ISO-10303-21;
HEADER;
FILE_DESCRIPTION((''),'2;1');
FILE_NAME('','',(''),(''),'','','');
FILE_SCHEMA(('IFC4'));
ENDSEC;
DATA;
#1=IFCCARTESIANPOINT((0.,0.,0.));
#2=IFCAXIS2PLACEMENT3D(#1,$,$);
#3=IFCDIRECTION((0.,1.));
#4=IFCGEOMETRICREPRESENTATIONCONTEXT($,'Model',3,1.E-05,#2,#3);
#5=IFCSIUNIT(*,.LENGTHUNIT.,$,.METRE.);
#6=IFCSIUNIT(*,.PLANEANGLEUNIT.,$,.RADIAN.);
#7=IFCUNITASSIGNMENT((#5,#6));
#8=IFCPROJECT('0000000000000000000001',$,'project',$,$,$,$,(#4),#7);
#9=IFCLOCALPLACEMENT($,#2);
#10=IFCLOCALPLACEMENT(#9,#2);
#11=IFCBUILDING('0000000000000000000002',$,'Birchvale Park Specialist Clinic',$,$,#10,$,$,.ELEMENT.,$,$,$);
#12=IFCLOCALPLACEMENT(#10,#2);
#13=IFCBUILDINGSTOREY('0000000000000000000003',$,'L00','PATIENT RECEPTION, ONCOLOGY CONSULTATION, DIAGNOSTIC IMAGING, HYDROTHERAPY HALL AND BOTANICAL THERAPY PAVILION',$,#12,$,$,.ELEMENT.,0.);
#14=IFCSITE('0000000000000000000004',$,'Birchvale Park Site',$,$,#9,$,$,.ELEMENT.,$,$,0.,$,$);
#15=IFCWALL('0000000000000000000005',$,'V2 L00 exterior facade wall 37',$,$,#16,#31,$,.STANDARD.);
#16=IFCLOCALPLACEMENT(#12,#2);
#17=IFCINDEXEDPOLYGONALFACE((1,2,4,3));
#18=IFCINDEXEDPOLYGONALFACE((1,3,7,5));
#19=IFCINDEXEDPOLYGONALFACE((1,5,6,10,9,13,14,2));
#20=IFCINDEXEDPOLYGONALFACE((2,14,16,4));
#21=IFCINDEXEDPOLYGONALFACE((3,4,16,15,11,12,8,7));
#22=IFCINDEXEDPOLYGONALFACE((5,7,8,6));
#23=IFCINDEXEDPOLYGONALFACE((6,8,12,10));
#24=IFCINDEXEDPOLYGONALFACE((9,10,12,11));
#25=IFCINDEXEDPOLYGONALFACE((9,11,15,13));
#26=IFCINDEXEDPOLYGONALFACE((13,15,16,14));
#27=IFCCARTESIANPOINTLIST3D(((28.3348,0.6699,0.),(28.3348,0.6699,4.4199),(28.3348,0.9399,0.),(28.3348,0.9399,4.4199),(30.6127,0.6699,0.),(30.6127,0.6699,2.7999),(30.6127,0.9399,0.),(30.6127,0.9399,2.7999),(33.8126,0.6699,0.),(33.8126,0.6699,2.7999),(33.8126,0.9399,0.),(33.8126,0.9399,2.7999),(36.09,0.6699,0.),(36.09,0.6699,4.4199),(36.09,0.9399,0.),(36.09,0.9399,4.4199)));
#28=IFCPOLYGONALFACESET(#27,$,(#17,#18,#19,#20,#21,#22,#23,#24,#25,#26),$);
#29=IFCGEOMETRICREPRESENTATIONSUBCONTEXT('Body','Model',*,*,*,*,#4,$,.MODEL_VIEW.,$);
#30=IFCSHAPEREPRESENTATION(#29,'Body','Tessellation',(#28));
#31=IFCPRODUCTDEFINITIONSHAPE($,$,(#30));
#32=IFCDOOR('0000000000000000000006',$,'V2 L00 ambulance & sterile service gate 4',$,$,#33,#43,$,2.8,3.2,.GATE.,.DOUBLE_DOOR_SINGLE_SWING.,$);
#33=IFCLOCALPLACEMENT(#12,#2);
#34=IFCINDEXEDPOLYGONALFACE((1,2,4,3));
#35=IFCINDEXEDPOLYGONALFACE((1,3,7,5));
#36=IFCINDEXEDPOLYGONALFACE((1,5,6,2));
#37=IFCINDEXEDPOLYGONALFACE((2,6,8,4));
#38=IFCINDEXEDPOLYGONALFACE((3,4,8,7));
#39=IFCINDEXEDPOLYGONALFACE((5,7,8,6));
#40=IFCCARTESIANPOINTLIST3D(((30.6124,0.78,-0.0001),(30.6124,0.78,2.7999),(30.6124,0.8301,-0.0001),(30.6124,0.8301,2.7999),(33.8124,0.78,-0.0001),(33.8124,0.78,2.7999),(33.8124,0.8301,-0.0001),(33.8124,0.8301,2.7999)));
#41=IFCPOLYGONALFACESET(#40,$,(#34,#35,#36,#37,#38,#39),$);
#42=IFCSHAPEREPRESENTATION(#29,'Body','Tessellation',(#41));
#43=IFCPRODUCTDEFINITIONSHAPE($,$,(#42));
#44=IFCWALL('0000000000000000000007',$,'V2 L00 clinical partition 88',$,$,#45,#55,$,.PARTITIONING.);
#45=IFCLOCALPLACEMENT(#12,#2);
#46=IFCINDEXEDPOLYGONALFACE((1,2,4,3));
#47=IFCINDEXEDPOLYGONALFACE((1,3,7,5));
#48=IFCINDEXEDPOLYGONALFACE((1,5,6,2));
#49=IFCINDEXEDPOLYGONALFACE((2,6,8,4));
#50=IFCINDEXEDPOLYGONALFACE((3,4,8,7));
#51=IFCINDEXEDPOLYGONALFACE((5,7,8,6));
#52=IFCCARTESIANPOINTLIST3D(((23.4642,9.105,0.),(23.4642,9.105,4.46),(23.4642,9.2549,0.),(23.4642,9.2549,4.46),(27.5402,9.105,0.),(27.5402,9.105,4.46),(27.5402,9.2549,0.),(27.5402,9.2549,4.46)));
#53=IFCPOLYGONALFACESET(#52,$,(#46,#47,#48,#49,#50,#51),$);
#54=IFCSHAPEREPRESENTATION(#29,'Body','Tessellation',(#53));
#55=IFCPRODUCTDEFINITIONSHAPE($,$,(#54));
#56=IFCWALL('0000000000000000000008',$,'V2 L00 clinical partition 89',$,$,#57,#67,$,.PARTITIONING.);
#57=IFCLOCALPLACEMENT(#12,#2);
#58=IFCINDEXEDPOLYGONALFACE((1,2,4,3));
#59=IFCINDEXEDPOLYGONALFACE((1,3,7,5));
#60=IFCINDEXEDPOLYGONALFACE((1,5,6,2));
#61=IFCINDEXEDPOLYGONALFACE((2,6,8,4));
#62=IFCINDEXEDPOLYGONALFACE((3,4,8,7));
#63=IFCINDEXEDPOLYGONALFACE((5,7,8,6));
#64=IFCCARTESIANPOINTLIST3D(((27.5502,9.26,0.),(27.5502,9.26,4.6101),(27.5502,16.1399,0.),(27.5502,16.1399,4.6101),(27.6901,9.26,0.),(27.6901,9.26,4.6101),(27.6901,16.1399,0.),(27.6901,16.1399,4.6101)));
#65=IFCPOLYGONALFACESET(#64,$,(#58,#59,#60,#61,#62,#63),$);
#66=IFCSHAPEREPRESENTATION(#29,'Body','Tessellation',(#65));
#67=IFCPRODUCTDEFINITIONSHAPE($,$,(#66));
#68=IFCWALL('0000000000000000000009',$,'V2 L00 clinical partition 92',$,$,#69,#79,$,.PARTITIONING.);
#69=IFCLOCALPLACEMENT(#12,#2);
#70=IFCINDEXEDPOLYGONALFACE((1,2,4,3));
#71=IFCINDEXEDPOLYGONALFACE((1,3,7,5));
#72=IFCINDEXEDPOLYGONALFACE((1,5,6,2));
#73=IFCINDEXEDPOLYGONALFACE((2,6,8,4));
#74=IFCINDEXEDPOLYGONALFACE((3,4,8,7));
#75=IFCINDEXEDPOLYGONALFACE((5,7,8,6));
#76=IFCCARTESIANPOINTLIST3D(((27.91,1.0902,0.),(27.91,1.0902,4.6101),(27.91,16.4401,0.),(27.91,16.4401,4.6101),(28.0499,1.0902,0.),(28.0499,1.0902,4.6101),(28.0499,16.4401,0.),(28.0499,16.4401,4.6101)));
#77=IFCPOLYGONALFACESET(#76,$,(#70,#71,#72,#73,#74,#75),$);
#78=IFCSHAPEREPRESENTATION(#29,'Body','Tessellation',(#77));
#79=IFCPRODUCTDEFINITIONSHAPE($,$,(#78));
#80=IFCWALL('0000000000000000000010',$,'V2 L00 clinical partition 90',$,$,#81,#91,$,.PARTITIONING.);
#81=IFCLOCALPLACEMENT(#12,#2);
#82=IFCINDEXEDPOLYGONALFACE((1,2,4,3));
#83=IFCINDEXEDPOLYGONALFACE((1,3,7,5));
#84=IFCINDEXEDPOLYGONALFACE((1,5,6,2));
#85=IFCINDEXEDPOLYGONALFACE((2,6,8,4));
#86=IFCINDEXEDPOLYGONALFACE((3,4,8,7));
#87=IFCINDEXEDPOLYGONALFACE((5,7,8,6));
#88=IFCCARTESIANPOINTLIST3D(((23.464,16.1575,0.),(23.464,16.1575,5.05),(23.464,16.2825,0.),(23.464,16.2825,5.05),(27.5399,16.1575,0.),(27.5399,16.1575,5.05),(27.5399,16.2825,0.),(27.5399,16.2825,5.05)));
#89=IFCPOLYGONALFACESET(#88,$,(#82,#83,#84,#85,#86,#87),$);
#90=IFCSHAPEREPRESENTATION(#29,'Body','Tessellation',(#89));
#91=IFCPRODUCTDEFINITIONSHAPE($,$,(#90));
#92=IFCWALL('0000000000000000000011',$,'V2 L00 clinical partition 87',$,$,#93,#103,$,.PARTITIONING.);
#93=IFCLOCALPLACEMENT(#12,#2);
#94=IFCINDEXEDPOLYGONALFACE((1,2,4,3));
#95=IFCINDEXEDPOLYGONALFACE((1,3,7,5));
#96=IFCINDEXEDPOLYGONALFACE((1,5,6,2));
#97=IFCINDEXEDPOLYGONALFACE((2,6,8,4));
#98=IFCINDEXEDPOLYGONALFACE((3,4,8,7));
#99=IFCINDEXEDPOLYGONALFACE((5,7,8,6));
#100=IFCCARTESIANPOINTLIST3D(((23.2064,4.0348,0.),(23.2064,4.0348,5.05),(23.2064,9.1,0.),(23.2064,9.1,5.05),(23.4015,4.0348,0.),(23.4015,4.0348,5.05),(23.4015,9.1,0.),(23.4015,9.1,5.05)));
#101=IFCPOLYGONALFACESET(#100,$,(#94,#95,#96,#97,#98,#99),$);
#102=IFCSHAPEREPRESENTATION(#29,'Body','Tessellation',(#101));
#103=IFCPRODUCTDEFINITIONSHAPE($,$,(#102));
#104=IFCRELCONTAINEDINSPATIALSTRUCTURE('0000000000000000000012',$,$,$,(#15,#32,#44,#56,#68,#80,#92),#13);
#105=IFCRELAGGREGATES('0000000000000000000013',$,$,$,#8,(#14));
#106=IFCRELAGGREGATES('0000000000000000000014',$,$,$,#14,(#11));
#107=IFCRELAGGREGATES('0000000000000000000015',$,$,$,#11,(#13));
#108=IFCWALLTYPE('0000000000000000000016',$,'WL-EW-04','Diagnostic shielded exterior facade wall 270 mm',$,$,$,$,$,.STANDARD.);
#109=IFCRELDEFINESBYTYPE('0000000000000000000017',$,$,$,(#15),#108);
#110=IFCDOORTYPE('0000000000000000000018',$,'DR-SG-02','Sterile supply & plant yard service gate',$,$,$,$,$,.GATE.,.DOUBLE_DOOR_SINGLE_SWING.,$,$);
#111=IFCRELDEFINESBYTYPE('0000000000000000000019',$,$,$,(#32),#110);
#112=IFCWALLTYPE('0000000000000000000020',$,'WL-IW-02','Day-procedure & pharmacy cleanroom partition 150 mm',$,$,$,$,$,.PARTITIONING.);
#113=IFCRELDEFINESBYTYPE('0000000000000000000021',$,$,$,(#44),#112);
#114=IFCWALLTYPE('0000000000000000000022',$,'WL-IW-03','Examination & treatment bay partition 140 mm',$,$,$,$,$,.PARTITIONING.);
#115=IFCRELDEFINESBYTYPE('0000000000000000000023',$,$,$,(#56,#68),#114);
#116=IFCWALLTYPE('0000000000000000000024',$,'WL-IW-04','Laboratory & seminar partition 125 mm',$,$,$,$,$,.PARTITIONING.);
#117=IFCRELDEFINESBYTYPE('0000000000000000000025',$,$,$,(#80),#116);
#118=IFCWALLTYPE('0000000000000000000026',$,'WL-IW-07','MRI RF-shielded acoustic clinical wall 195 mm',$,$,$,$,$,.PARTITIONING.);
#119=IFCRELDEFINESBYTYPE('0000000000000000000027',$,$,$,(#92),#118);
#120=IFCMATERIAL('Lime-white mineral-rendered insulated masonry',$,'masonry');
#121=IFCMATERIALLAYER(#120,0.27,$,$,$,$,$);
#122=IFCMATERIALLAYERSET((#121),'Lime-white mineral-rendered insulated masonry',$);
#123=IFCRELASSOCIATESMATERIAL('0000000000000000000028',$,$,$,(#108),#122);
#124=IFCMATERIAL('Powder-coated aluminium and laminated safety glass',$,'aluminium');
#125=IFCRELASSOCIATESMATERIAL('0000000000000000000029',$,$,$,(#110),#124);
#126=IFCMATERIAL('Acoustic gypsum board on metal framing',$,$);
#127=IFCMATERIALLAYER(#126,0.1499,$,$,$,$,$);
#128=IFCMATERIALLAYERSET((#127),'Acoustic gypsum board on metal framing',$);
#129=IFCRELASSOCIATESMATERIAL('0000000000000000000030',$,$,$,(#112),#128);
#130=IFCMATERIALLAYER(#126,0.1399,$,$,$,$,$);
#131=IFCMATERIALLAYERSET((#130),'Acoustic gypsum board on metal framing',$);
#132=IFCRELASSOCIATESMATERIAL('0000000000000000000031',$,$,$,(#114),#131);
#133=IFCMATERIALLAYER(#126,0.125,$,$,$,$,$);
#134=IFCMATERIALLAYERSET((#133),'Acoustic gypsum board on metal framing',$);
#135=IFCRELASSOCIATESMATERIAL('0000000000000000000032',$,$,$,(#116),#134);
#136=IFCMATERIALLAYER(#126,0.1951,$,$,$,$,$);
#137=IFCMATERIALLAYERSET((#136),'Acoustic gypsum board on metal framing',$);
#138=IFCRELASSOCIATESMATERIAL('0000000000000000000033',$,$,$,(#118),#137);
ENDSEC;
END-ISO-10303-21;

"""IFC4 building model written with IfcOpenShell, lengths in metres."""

from ifc_helpers import new_model, si_unit, direction, frame, frame_2d, origin, place, context, subcontext, project, spatial, rectangle, extrude, material, layer, layer_set, type_object, element, fill, save


model = new_model("IFC4")

# Units and contexts
model_context = context("Model", 3, precision=1e-05, world=origin(), true_north=direction((0.0, 1.0)))
body_context = subcontext(model_context, "Body", "Model", "MODEL_VIEW")
ifc_project = project(units=[si_unit("LENGTHUNIT", "METRE"), si_unit("PLANEANGLEUNIT", "RADIAN")], contexts=[model_context])

# Site, building, storey
site_placement = place(None, origin())
site = spatial("IfcSite", under=ifc_project, at=site_placement, Name="Birchvale Park Site", CompositionType="ELEMENT", RefElevation=0.0)
building_placement = place(site_placement, origin())
building = spatial("IfcBuilding", under=site, at=building_placement, Name="Birchvale Park Specialist Clinic", CompositionType="ELEMENT")
storey_placement = place(building_placement, origin())
storey = spatial("IfcBuildingStorey", under=building, at=storey_placement, Name="L00", Description="PATIENT RECEPTION, ONCOLOGY CONSULTATION, DIAGNOSTIC IMAGING, HYDROTHERAPY HALL AND BOTANICAL THERAPY PAVILION", CompositionType="ELEMENT", Elevation=0.0)

# Wall, opening, door
ifc_material_1 = material(Name="Lime-white mineral-rendered insulated masonry", Category="masonry")
ifc_layer_1 = layer(ifc_material_1, 0.27)
ifc_layer_set_1 = layer_set([ifc_layer_1], Name="Lime-white mineral-rendered insulated masonry")
wall_type_1 = type_object("IfcWallType", Name="WL-EW-04", Description="Diagnostic shielded exterior facade wall 270 mm", PredefinedType="STANDARD", material=ifc_layer_set_1)
wall_1_placement = place(storey_placement, frame((28.335, 0.8049, 0.0), z_axis=(0.0, 0.0, 1.0), x_axis=(1.0, 0.0, 0.0)))
wall_1 = element("IfcWall", 1, at=wall_1_placement, inside=storey, type_object=wall_type_1, Name="V2 L00 exterior facade wall 37", PredefinedType="STANDARD", context=body_context, shape_type="SweptSolid", body=[
    extrude(rectangle(XDim=7.7551, YDim=0.27, at=frame_2d((3.8774, 0.0))), origin(), (0.0, 0.0, 1.0), 4.4199),
])
opening_placement = place(wall_1_placement, frame((2.2776, 0.0, 0.0)))
opening = element("IfcOpeningElement", 2, at=opening_placement, cuts=wall_1, PredefinedType="OPENING", context=body_context, shape_type="SweptSolid", body=[
    extrude(rectangle(XDim=3.2, YDim=2.8, at=frame_2d((1.6001, 1.3999))), frame((0.0, 0.145, 0.0), z_axis=(0.0, -1.0, 0.0), x_axis=(1.0, 0.0, 0.0)), (0.0, 0.0, 1.0), 0.29),
])
ifc_material_2 = material(Name="Powder-coated aluminium and laminated safety glass", Category="aluminium")
door_type = type_object("IfcDoorType", Name="DR-SG-02", Description="Sterile supply & plant yard service gate", OperationType="DOUBLE_DOOR_SINGLE_SWING", PredefinedType="GATE", material=ifc_material_2)
door_placement = place(opening_placement, frame((3.2, 0.0, 0.0), z_axis=(0.0, 0.0, 1.0), x_axis=(-1.0, 0.0, 0.0)))
door = element("IfcDoor", 3, at=door_placement, inside=storey, type_object=door_type, Name="V2 L00 ambulance & sterile service gate 4", OperationType="DOUBLE_DOOR_SINGLE_SWING", OverallHeight=2.8, OverallWidth=3.2, PredefinedType="GATE", context=body_context, shape_type="SweptSolid", body=[
    extrude(rectangle(XDim=3.2, YDim=2.8, at=frame_2d((1.6001, 1.3999))), frame((0.0, 0.0249, 0.0), z_axis=(0.0, -1.0, 0.0), x_axis=(1.0, 0.0, 0.0)), (0.0, 0.0, 1.0), 0.05),
])
fill(opening, door)

# Walls
ifc_material_3 = material(Name="Acoustic gypsum board on metal framing")
ifc_layer_2 = layer(ifc_material_3, 0.1499)
ifc_layer_set_2 = layer_set([ifc_layer_2], Name="Acoustic gypsum board on metal framing")
wall_type_2 = type_object("IfcWallType", Name="WL-IW-02", Description="Day-procedure & pharmacy cleanroom partition 150 mm", PredefinedType="PARTITIONING", material=ifc_layer_set_2)
wall_2_placement = place(storey_placement, frame((23.4641, 9.1799, 0.0), z_axis=(0.0, 0.0, 1.0), x_axis=(1.0, 0.0, 0.0)))
element("IfcWall", 4, at=wall_2_placement, inside=storey, type_object=wall_type_2, Name="V2 L00 clinical partition 88", PredefinedType="PARTITIONING", context=body_context, shape_type="SweptSolid", body=[
    extrude(rectangle(XDim=4.0759, YDim=0.1499, at=frame_2d((2.0381, 0.0))), origin(), (0.0, 0.0, 1.0), 4.46),
])
ifc_layer_3 = layer(ifc_material_3, 0.1399)
ifc_layer_set_3 = layer_set([ifc_layer_3], Name="Acoustic gypsum board on metal framing")
wall_type_3 = type_object("IfcWallType", Name="WL-IW-03", Description="Examination & treatment bay partition 140 mm", PredefinedType="PARTITIONING", material=ifc_layer_set_3)
wall_3_placement = place(storey_placement, frame((27.6201, 9.26, 0.0), z_axis=(0.0, 0.0, 1.0), x_axis=(0.0, 1.0, 0.0)))
element("IfcWall", 5, at=wall_3_placement, inside=storey, type_object=wall_type_3, Name="V2 L00 clinical partition 89", PredefinedType="PARTITIONING", context=body_context, shape_type="SweptSolid", body=[
    extrude(rectangle(XDim=6.8799, YDim=0.1399, at=frame_2d((3.4399, 0.0))), origin(), (0.0, 0.0, 1.0), 4.6101),
])
wall_4_placement = place(storey_placement, frame((27.98, 16.4399, 0.0), z_axis=(0.0, 0.0, 1.0), x_axis=(0.0, -1.0, 0.0)))
element("IfcWall", 6, at=wall_4_placement, inside=storey, type_object=wall_type_3, Name="V2 L00 clinical partition 92", PredefinedType="PARTITIONING", context=body_context, shape_type="SweptSolid", body=[
    extrude(rectangle(XDim=15.3499, YDim=0.1399, at=frame_2d((7.6748, 0.0))), origin(), (0.0, 0.0, 1.0), 4.6101),
])
ifc_layer_4 = layer(ifc_material_3, 0.125)
ifc_layer_set_4 = layer_set([ifc_layer_4], Name="Acoustic gypsum board on metal framing")
wall_type_4 = type_object("IfcWallType", Name="WL-IW-04", Description="Laboratory & seminar partition 125 mm", PredefinedType="PARTITIONING", material=ifc_layer_set_4)
wall_5_placement = place(storey_placement, frame((27.54, 16.22, 0.0), z_axis=(0.0, 0.0, 1.0), x_axis=(-1.0, 0.0, 0.0)))
element("IfcWall", 7, at=wall_5_placement, inside=storey, type_object=wall_type_4, Name="V2 L00 clinical partition 90", PredefinedType="PARTITIONING", context=body_context, shape_type="SweptSolid", body=[
    extrude(rectangle(XDim=4.0759, YDim=0.125, at=frame_2d((2.0381, 0.0))), origin(), (0.0, 0.0, 1.0), 5.05),
])
ifc_layer_5 = layer(ifc_material_3, 0.1951)
ifc_layer_set_5 = layer_set([ifc_layer_5], Name="Acoustic gypsum board on metal framing")
wall_type_5 = type_object("IfcWallType", Name="WL-IW-07", Description="MRI RF-shielded acoustic clinical wall 195 mm", PredefinedType="PARTITIONING", material=ifc_layer_set_5)
wall_6_placement = place(storey_placement, frame((23.304, 9.1001, 0.0), z_axis=(0.0, 0.0, 1.0), x_axis=(0.0, -1.0, 0.0)))
element("IfcWall", 8, at=wall_6_placement, inside=storey, type_object=wall_type_5, Name="V2 L00 clinical partition 87", PredefinedType="PARTITIONING", context=body_context, shape_type="SweptSolid", body=[
    extrude(rectangle(XDim=5.0652, YDim=0.1951, at=frame_2d((2.5327, 0.0))), origin(), (0.0, 0.0, 1.0), 5.05),
])

save(model, "model.ifc")
